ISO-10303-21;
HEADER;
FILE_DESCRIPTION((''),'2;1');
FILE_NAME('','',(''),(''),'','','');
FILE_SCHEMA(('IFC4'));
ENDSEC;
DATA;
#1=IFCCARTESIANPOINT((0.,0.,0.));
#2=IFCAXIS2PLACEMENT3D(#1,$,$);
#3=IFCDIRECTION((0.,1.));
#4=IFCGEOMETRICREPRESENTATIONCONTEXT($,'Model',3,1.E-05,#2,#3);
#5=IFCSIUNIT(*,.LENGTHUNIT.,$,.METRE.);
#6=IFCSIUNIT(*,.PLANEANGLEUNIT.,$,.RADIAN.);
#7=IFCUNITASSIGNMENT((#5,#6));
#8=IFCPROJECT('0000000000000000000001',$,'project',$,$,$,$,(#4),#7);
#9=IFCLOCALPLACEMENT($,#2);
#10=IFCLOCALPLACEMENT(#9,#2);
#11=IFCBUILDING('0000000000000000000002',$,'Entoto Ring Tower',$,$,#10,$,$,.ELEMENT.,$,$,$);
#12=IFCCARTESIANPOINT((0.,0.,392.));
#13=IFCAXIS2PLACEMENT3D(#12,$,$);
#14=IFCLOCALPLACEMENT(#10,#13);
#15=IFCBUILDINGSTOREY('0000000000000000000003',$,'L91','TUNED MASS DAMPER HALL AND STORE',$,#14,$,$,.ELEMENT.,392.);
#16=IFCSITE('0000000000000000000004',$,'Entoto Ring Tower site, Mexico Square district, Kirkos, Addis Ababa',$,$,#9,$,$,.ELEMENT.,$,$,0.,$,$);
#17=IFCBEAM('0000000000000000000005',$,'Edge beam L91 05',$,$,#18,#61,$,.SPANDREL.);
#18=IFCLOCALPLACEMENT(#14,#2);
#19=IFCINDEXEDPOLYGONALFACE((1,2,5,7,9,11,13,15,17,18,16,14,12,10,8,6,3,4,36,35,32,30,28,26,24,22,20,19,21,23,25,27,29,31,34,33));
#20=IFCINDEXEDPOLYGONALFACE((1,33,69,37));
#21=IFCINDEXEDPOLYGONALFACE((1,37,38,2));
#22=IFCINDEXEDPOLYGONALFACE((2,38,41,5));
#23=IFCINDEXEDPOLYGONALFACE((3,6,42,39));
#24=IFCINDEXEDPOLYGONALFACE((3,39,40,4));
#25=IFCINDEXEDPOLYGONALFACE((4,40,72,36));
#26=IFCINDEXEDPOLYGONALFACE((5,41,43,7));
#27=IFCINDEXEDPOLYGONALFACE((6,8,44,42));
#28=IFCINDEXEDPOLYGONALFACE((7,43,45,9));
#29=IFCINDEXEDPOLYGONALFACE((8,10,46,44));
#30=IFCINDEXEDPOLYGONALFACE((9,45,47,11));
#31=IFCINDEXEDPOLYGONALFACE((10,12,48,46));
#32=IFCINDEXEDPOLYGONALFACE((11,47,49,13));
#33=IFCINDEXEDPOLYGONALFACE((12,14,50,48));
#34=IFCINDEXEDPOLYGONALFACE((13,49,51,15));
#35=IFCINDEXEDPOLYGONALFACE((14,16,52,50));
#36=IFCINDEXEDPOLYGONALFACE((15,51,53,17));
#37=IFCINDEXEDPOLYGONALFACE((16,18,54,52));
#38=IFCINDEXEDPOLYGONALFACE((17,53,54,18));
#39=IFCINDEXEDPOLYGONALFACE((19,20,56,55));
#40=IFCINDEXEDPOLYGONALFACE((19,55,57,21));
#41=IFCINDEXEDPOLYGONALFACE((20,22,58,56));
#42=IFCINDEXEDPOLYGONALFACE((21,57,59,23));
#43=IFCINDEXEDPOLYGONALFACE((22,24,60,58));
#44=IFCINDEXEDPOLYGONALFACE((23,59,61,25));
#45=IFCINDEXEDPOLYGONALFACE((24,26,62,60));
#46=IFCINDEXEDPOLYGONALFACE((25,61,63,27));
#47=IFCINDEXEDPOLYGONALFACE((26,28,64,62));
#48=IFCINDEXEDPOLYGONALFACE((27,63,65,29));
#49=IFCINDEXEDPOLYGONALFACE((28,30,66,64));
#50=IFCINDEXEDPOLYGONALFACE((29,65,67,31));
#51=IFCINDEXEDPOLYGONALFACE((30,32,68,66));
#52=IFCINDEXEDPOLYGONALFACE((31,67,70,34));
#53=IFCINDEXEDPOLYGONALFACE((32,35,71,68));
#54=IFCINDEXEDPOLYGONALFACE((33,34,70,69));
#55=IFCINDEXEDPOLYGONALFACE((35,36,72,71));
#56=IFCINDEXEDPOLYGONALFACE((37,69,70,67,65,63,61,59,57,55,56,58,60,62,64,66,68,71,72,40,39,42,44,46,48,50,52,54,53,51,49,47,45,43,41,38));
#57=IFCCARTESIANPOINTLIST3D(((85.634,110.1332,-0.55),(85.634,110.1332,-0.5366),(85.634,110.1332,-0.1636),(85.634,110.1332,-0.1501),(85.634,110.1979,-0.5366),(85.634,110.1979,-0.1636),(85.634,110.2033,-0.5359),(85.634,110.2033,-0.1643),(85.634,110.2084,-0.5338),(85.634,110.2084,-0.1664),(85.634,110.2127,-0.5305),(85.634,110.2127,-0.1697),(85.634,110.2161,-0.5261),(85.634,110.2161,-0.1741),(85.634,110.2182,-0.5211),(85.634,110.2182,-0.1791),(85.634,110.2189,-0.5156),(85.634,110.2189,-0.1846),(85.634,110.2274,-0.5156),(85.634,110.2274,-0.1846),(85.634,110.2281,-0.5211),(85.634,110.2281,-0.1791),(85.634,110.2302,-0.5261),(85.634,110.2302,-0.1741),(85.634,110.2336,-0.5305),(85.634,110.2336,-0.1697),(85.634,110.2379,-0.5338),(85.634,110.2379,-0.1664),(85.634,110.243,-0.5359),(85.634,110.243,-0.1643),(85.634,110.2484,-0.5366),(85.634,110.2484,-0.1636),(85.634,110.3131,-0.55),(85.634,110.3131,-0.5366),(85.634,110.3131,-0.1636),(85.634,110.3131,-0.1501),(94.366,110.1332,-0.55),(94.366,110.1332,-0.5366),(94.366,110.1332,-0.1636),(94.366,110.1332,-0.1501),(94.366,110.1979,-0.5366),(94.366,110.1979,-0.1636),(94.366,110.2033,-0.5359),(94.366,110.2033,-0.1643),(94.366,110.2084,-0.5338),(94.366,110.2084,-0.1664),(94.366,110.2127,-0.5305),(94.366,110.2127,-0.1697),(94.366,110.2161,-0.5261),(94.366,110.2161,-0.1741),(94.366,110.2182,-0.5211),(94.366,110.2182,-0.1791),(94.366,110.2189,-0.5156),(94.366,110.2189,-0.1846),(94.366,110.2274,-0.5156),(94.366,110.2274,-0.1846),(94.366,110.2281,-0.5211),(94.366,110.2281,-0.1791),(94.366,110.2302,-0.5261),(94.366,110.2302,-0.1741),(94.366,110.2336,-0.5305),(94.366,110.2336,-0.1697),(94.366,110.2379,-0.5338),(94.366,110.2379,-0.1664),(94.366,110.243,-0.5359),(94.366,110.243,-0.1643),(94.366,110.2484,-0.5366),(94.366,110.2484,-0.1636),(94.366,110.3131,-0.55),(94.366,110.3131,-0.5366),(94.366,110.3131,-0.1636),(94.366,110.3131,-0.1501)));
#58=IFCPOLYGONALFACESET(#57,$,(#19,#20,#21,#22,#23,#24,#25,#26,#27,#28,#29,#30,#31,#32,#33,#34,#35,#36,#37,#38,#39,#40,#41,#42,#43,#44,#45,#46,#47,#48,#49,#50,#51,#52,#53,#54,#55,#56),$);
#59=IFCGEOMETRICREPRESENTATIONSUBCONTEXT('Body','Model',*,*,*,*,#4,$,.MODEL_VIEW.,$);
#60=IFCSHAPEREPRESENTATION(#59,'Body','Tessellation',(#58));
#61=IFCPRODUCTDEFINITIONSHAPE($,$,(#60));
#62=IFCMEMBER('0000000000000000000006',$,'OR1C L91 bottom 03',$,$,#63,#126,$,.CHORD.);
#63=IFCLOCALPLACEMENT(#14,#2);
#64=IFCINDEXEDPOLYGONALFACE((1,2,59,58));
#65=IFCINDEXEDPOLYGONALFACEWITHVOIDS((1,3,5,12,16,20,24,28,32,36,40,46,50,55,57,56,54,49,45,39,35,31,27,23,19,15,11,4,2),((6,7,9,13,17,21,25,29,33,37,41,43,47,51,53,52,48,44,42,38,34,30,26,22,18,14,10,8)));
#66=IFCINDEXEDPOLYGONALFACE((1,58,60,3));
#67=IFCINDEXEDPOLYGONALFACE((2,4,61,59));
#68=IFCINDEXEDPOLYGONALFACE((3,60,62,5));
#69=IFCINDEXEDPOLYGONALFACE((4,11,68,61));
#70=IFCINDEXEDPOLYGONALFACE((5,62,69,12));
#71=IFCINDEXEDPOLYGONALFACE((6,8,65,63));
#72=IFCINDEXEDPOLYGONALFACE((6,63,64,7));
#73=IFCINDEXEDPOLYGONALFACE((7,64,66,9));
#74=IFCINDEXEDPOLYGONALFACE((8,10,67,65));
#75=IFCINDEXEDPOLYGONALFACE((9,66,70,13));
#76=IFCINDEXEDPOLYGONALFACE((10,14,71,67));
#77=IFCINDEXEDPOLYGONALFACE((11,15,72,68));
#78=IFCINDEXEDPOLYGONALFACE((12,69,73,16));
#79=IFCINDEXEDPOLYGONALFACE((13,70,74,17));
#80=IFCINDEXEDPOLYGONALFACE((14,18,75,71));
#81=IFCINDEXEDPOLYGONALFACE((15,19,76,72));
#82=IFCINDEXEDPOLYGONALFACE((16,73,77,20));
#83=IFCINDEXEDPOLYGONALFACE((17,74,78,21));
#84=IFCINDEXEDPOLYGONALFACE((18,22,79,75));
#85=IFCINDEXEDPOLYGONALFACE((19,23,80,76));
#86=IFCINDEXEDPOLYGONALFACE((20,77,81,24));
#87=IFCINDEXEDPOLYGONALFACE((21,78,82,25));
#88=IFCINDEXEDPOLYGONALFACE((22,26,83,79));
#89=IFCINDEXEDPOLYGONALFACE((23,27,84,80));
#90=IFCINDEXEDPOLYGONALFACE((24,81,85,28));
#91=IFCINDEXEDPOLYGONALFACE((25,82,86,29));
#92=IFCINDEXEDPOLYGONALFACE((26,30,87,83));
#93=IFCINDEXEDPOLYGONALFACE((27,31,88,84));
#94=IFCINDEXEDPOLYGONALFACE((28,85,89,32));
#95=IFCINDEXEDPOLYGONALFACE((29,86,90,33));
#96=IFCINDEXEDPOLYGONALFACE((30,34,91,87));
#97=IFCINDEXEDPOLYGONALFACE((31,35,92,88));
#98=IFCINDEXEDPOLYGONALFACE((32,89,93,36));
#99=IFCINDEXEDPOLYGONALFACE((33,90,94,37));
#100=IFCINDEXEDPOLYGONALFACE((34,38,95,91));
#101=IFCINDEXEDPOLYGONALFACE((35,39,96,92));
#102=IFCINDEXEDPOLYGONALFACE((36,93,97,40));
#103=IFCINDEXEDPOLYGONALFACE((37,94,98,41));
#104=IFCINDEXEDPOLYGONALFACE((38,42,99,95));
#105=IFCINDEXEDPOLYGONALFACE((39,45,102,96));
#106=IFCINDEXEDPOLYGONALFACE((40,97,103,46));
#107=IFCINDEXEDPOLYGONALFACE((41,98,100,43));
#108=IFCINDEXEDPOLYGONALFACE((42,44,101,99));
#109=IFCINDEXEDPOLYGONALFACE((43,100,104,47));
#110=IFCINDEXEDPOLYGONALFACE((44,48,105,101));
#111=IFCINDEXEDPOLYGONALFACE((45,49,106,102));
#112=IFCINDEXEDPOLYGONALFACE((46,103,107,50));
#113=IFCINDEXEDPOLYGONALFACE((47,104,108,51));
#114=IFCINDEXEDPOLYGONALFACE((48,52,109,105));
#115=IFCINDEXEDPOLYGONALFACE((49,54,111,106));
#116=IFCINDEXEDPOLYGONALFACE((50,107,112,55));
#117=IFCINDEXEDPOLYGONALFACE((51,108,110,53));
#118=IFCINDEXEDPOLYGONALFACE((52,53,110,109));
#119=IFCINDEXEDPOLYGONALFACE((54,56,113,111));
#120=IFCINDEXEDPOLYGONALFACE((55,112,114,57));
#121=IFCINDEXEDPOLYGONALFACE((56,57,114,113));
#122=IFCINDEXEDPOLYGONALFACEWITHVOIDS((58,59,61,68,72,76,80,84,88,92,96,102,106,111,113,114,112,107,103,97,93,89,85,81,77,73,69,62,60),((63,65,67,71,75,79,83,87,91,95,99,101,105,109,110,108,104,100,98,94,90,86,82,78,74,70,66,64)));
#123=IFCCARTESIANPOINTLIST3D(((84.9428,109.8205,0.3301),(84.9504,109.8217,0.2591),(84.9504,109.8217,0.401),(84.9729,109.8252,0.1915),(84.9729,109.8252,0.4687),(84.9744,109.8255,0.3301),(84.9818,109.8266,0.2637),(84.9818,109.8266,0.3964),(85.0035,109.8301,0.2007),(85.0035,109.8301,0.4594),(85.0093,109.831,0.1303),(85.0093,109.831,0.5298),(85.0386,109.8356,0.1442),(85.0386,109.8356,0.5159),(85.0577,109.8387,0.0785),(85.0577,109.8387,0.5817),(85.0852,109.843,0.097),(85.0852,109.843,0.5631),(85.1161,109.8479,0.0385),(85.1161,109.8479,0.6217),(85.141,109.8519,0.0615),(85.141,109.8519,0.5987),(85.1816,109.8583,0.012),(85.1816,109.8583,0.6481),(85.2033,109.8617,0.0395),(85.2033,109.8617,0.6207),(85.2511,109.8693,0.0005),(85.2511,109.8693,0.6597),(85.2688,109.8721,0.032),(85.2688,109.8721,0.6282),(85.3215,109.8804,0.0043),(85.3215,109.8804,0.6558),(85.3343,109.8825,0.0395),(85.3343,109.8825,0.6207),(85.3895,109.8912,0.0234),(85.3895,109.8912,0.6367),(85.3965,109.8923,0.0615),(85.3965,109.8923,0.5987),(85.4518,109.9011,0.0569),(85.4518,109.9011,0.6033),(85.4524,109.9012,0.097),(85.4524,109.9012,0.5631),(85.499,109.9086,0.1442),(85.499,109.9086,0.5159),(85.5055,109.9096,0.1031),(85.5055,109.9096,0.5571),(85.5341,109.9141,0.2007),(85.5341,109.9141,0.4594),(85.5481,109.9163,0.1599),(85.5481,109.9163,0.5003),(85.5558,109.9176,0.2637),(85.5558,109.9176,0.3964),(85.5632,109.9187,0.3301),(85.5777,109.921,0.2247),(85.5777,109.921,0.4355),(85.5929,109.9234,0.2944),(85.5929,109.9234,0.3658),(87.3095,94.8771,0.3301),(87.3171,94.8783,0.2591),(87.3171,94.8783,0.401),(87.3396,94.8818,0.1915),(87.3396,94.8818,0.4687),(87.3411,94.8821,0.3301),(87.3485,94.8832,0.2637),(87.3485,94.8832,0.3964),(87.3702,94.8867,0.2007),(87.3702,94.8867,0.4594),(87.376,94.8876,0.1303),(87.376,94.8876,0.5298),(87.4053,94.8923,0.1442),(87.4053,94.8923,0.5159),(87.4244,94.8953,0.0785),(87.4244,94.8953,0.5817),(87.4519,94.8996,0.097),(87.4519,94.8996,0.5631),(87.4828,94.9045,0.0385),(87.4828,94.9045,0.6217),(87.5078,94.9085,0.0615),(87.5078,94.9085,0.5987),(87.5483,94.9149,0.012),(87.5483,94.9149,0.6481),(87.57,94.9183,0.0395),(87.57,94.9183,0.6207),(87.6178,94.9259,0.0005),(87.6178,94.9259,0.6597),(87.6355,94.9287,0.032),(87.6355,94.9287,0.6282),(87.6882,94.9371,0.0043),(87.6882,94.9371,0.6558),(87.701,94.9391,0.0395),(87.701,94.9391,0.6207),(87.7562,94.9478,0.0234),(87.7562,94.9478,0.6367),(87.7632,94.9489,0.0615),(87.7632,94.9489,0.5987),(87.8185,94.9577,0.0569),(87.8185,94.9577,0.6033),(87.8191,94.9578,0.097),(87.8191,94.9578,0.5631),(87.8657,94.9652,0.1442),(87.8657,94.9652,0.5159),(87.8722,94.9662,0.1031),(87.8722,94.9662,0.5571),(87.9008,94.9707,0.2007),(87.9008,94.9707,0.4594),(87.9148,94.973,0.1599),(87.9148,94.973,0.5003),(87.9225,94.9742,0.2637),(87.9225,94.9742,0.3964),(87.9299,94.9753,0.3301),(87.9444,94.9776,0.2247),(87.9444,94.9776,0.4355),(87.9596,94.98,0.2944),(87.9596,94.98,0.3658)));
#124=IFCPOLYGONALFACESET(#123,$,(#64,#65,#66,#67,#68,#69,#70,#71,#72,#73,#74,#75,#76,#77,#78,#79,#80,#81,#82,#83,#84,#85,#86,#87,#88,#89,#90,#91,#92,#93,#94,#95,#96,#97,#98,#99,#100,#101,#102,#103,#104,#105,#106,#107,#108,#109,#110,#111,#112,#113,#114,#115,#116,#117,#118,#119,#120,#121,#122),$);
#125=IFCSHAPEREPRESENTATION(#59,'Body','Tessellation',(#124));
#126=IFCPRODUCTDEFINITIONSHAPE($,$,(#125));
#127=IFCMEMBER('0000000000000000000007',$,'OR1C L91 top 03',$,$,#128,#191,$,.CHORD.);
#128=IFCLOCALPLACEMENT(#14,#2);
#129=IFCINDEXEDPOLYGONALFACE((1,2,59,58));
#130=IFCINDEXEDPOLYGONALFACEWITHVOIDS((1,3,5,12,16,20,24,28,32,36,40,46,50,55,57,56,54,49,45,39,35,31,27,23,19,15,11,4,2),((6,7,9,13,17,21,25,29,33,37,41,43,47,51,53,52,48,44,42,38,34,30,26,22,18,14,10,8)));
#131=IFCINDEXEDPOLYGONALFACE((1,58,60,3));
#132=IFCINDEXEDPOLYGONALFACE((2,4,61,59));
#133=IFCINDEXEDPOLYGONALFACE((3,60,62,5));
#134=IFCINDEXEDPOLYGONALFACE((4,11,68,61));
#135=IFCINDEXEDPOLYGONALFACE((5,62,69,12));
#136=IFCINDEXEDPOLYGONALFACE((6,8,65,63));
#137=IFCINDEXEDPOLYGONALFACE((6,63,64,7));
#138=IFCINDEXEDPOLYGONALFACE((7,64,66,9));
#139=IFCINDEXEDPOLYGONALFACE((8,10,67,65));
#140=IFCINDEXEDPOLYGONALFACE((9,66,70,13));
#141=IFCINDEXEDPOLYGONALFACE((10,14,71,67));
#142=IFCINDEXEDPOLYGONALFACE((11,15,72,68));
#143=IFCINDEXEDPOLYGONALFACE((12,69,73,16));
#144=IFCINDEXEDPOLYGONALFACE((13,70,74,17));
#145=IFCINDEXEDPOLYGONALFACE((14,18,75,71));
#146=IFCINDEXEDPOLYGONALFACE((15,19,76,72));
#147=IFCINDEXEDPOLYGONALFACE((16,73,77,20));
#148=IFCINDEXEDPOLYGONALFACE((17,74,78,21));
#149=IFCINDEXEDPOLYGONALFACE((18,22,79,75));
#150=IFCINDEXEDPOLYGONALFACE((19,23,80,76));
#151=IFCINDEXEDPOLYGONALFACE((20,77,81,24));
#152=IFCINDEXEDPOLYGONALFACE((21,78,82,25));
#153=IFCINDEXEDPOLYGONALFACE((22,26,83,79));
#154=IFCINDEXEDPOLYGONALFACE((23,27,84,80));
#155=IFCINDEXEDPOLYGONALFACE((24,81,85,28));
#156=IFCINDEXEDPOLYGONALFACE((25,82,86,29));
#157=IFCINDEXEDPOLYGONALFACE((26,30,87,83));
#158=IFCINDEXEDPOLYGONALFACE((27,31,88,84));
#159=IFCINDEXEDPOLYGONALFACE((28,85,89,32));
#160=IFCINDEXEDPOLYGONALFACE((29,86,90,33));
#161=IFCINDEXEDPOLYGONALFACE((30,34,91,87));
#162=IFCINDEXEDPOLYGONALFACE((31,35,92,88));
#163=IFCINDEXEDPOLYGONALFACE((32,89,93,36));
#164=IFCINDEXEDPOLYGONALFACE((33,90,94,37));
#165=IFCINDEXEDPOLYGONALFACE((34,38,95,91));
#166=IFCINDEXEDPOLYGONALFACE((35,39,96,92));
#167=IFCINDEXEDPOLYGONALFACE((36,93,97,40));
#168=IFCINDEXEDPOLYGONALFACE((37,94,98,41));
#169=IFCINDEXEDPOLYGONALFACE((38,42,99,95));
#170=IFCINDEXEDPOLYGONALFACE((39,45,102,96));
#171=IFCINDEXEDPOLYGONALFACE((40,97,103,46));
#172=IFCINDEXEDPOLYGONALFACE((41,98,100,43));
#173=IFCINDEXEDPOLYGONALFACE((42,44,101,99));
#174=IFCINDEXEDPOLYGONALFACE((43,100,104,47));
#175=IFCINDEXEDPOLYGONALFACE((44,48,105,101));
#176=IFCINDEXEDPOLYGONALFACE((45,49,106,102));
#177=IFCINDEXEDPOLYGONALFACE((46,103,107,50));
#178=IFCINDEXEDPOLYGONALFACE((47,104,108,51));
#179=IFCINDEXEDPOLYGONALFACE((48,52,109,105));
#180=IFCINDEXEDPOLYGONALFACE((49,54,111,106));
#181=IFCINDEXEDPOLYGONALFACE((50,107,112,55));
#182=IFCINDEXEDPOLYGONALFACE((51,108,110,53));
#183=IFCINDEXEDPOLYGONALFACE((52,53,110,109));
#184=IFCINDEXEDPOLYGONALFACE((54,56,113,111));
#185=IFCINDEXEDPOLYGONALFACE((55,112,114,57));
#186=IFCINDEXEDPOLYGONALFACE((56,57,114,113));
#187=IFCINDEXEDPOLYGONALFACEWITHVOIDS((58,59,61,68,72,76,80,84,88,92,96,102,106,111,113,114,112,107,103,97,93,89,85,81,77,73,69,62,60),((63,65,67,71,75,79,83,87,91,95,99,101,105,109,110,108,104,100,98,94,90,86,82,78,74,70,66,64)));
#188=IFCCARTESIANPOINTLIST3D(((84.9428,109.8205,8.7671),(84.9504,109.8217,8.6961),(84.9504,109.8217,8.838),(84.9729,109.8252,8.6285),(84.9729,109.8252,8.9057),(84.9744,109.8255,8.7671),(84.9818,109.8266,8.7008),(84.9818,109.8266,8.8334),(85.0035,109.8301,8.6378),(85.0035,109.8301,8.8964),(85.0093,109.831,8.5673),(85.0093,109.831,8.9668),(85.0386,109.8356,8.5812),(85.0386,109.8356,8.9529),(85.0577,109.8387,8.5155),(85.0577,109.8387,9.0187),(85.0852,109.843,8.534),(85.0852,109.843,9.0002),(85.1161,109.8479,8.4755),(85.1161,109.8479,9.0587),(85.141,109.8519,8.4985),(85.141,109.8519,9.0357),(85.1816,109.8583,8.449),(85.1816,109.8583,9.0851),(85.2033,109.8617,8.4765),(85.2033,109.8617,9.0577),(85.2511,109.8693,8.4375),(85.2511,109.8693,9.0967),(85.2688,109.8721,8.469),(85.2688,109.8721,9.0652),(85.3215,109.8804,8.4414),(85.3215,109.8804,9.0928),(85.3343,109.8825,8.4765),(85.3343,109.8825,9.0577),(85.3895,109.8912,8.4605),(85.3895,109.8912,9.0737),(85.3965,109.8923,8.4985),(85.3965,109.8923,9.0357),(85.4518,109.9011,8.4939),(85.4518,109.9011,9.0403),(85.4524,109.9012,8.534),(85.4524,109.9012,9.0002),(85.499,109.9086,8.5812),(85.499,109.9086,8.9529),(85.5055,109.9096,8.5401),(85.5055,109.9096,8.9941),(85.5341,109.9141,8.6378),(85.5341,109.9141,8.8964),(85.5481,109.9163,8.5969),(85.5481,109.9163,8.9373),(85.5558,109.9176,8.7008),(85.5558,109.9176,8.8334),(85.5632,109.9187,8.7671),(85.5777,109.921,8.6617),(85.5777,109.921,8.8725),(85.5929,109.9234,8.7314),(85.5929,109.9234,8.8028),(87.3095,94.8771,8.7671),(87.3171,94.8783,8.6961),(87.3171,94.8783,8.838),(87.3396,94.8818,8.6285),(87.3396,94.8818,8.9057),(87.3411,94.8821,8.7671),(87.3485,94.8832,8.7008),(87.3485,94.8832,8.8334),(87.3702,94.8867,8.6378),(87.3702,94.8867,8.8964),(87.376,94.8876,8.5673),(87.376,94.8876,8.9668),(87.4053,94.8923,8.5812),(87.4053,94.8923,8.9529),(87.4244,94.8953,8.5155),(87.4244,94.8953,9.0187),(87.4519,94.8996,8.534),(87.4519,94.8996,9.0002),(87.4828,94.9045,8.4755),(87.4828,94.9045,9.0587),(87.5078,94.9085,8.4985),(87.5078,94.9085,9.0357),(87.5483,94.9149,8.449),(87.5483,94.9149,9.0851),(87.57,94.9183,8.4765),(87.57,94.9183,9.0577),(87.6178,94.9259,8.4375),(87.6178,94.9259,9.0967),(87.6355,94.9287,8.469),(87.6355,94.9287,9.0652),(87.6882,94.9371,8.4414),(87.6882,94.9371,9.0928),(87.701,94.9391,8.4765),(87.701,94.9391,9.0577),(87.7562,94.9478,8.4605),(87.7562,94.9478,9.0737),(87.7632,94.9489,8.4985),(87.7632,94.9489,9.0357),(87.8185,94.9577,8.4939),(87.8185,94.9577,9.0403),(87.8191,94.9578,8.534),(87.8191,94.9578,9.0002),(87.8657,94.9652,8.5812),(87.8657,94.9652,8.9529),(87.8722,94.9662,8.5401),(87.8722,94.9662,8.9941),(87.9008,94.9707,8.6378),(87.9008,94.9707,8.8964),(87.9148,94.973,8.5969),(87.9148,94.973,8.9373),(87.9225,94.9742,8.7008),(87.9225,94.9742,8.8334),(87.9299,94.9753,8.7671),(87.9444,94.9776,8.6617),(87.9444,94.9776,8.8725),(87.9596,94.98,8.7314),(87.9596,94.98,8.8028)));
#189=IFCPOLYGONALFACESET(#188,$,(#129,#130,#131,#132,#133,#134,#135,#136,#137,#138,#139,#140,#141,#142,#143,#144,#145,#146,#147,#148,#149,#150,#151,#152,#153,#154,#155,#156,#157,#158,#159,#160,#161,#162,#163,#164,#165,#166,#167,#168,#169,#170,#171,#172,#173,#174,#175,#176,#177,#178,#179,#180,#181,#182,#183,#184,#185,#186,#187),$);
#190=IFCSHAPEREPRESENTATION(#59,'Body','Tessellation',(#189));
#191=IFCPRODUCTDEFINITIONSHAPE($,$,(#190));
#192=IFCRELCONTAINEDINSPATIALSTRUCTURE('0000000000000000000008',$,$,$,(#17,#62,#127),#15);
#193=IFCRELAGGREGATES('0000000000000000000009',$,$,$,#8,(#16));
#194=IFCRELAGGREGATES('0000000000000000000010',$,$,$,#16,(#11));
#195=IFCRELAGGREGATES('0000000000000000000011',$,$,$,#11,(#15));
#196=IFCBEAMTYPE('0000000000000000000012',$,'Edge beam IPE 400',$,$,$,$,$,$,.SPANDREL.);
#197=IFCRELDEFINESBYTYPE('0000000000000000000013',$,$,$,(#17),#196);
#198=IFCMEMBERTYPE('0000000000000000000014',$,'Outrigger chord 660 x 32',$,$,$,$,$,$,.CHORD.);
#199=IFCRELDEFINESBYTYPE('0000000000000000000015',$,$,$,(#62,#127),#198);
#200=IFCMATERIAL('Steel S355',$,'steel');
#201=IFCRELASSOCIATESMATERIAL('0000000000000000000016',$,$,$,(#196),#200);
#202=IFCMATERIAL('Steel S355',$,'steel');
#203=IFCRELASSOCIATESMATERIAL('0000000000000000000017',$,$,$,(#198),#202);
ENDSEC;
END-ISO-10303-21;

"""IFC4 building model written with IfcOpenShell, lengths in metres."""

from ifc_helpers import new_model, si_unit, direction, frame, origin, origin_2d, place, context, subcontext, project, spatial, circle, hollow_circle, i_section, extrude, material, material_profile, profile_set, type_object, element, save


model = new_model("IFC4")

# Units and contexts
model_context = context("Model", 3, precision=1e-05, world=origin(), true_north=direction((0.0, 1.0)))
body_context = subcontext(model_context, "Body", "Model", "MODEL_VIEW")
ifc_project = project(units=[si_unit("LENGTHUNIT", "METRE"), si_unit("PLANEANGLEUNIT", "RADIAN")], contexts=[model_context])

# Site, building, storey
site_placement = place(None, origin())
site = spatial("IfcSite", under=ifc_project, at=site_placement, Name="Entoto Ring Tower site, Mexico Square district, Kirkos, Addis Ababa", CompositionType="ELEMENT", RefElevation=0.0)
building_placement = place(site_placement, origin())
building = spatial("IfcBuilding", under=site, at=building_placement, Name="Entoto Ring Tower", CompositionType="ELEMENT")
storey_placement = place(building_placement, frame((0.0, 0.0, 392.0)))
storey = spatial("IfcBuildingStorey", under=building, at=storey_placement, Name="L91", Description="TUNED MASS DAMPER HALL AND STORE", CompositionType="ELEMENT", Elevation=392.0)

# Beam
ifc_material_1 = material(Name="Steel S355", Category="steel")
ifc_material_profile_1 = material_profile(ifc_material_1, i_section(OverallWidth=0.1799, OverallDepth=0.3999, WebThickness=0.0085, FlangeThickness=0.0134, FilletRadius=0.021, at=origin_2d()), Name="IPE 400")
ifc_profile_set_1 = profile_set([ifc_material_profile_1], Name="Steel S355")
beam_type_1 = type_object("IfcBeamType", Name="Edge beam IPE 400", PredefinedType="SPANDREL", material=ifc_profile_set_1)
beam_1_placement = place(storey_placement, frame((94.366, 110.2231, -0.3501), z_axis=(-1.0, 0.0, 0.0), x_axis=(0.0, -1.0, 0.0)))
element("IfcBeam", 1, at=beam_1_placement, inside=storey, type_object=beam_type_1, Name="Edge beam L91 05", PredefinedType="SPANDREL", context=body_context, shape_type="SweptSolid", body=[
    extrude(i_section(OverallWidth=0.1799, OverallDepth=0.3999, WebThickness=0.0085, FlangeThickness=0.0134, FilletRadius=0.021, at=origin_2d()), origin(), (0.0, 0.0, 1.0), 8.7319),
])

# Members
ifc_material_2 = material(Name="Steel S355", Category="steel")
ifc_material_profile_2 = material_profile(ifc_material_2, hollow_circle(Radius=0.3301, WallThickness=0.032, at=origin_2d()), Name="CHS 660 x 32")
ifc_material_3 = material(Name="Concrete C60/75", Category="concrete")
ifc_material_profile_3 = material_profile(ifc_material_3, circle(Radius=0.2981, at=origin_2d()), Name="Concrete C60/75 infill")
ifc_profile_set_2 = profile_set([ifc_material_profile_2, ifc_material_profile_3], Name="Steel S355")
member_type_1 = type_object("IfcMemberType", Name="Outrigger chord 660 x 32", PredefinedType="CHORD", material=ifc_profile_set_2)
for number, where, z_axis, x_axis, name in (
    (2, (87.6355, 94.9287, 0.3301), (-0.156428, 0.987689, 0.0), (-0.987689, -0.156428, 0.0), "OR1C L91 bottom 03"),
    (3, (87.6355, 94.9287, 8.7671), (-0.156428, 0.987689, 0.0), (-0.987689, -0.156428, 0.0), "OR1C L91 top 03"),
):
    element("IfcMember", number, at=place(storey_placement, frame(where, z_axis=z_axis, x_axis=x_axis)), inside=storey, type_object=member_type_1, Name=name, PredefinedType="CHORD", context=body_context, shape_type="SweptSolid", body=[
        extrude(hollow_circle(Radius=0.3301, WallThickness=0.032, at=origin_2d()), origin(), (0.0, 0.0, 1.0), 15.1296),
    ])

save(model, "model.ifc")
